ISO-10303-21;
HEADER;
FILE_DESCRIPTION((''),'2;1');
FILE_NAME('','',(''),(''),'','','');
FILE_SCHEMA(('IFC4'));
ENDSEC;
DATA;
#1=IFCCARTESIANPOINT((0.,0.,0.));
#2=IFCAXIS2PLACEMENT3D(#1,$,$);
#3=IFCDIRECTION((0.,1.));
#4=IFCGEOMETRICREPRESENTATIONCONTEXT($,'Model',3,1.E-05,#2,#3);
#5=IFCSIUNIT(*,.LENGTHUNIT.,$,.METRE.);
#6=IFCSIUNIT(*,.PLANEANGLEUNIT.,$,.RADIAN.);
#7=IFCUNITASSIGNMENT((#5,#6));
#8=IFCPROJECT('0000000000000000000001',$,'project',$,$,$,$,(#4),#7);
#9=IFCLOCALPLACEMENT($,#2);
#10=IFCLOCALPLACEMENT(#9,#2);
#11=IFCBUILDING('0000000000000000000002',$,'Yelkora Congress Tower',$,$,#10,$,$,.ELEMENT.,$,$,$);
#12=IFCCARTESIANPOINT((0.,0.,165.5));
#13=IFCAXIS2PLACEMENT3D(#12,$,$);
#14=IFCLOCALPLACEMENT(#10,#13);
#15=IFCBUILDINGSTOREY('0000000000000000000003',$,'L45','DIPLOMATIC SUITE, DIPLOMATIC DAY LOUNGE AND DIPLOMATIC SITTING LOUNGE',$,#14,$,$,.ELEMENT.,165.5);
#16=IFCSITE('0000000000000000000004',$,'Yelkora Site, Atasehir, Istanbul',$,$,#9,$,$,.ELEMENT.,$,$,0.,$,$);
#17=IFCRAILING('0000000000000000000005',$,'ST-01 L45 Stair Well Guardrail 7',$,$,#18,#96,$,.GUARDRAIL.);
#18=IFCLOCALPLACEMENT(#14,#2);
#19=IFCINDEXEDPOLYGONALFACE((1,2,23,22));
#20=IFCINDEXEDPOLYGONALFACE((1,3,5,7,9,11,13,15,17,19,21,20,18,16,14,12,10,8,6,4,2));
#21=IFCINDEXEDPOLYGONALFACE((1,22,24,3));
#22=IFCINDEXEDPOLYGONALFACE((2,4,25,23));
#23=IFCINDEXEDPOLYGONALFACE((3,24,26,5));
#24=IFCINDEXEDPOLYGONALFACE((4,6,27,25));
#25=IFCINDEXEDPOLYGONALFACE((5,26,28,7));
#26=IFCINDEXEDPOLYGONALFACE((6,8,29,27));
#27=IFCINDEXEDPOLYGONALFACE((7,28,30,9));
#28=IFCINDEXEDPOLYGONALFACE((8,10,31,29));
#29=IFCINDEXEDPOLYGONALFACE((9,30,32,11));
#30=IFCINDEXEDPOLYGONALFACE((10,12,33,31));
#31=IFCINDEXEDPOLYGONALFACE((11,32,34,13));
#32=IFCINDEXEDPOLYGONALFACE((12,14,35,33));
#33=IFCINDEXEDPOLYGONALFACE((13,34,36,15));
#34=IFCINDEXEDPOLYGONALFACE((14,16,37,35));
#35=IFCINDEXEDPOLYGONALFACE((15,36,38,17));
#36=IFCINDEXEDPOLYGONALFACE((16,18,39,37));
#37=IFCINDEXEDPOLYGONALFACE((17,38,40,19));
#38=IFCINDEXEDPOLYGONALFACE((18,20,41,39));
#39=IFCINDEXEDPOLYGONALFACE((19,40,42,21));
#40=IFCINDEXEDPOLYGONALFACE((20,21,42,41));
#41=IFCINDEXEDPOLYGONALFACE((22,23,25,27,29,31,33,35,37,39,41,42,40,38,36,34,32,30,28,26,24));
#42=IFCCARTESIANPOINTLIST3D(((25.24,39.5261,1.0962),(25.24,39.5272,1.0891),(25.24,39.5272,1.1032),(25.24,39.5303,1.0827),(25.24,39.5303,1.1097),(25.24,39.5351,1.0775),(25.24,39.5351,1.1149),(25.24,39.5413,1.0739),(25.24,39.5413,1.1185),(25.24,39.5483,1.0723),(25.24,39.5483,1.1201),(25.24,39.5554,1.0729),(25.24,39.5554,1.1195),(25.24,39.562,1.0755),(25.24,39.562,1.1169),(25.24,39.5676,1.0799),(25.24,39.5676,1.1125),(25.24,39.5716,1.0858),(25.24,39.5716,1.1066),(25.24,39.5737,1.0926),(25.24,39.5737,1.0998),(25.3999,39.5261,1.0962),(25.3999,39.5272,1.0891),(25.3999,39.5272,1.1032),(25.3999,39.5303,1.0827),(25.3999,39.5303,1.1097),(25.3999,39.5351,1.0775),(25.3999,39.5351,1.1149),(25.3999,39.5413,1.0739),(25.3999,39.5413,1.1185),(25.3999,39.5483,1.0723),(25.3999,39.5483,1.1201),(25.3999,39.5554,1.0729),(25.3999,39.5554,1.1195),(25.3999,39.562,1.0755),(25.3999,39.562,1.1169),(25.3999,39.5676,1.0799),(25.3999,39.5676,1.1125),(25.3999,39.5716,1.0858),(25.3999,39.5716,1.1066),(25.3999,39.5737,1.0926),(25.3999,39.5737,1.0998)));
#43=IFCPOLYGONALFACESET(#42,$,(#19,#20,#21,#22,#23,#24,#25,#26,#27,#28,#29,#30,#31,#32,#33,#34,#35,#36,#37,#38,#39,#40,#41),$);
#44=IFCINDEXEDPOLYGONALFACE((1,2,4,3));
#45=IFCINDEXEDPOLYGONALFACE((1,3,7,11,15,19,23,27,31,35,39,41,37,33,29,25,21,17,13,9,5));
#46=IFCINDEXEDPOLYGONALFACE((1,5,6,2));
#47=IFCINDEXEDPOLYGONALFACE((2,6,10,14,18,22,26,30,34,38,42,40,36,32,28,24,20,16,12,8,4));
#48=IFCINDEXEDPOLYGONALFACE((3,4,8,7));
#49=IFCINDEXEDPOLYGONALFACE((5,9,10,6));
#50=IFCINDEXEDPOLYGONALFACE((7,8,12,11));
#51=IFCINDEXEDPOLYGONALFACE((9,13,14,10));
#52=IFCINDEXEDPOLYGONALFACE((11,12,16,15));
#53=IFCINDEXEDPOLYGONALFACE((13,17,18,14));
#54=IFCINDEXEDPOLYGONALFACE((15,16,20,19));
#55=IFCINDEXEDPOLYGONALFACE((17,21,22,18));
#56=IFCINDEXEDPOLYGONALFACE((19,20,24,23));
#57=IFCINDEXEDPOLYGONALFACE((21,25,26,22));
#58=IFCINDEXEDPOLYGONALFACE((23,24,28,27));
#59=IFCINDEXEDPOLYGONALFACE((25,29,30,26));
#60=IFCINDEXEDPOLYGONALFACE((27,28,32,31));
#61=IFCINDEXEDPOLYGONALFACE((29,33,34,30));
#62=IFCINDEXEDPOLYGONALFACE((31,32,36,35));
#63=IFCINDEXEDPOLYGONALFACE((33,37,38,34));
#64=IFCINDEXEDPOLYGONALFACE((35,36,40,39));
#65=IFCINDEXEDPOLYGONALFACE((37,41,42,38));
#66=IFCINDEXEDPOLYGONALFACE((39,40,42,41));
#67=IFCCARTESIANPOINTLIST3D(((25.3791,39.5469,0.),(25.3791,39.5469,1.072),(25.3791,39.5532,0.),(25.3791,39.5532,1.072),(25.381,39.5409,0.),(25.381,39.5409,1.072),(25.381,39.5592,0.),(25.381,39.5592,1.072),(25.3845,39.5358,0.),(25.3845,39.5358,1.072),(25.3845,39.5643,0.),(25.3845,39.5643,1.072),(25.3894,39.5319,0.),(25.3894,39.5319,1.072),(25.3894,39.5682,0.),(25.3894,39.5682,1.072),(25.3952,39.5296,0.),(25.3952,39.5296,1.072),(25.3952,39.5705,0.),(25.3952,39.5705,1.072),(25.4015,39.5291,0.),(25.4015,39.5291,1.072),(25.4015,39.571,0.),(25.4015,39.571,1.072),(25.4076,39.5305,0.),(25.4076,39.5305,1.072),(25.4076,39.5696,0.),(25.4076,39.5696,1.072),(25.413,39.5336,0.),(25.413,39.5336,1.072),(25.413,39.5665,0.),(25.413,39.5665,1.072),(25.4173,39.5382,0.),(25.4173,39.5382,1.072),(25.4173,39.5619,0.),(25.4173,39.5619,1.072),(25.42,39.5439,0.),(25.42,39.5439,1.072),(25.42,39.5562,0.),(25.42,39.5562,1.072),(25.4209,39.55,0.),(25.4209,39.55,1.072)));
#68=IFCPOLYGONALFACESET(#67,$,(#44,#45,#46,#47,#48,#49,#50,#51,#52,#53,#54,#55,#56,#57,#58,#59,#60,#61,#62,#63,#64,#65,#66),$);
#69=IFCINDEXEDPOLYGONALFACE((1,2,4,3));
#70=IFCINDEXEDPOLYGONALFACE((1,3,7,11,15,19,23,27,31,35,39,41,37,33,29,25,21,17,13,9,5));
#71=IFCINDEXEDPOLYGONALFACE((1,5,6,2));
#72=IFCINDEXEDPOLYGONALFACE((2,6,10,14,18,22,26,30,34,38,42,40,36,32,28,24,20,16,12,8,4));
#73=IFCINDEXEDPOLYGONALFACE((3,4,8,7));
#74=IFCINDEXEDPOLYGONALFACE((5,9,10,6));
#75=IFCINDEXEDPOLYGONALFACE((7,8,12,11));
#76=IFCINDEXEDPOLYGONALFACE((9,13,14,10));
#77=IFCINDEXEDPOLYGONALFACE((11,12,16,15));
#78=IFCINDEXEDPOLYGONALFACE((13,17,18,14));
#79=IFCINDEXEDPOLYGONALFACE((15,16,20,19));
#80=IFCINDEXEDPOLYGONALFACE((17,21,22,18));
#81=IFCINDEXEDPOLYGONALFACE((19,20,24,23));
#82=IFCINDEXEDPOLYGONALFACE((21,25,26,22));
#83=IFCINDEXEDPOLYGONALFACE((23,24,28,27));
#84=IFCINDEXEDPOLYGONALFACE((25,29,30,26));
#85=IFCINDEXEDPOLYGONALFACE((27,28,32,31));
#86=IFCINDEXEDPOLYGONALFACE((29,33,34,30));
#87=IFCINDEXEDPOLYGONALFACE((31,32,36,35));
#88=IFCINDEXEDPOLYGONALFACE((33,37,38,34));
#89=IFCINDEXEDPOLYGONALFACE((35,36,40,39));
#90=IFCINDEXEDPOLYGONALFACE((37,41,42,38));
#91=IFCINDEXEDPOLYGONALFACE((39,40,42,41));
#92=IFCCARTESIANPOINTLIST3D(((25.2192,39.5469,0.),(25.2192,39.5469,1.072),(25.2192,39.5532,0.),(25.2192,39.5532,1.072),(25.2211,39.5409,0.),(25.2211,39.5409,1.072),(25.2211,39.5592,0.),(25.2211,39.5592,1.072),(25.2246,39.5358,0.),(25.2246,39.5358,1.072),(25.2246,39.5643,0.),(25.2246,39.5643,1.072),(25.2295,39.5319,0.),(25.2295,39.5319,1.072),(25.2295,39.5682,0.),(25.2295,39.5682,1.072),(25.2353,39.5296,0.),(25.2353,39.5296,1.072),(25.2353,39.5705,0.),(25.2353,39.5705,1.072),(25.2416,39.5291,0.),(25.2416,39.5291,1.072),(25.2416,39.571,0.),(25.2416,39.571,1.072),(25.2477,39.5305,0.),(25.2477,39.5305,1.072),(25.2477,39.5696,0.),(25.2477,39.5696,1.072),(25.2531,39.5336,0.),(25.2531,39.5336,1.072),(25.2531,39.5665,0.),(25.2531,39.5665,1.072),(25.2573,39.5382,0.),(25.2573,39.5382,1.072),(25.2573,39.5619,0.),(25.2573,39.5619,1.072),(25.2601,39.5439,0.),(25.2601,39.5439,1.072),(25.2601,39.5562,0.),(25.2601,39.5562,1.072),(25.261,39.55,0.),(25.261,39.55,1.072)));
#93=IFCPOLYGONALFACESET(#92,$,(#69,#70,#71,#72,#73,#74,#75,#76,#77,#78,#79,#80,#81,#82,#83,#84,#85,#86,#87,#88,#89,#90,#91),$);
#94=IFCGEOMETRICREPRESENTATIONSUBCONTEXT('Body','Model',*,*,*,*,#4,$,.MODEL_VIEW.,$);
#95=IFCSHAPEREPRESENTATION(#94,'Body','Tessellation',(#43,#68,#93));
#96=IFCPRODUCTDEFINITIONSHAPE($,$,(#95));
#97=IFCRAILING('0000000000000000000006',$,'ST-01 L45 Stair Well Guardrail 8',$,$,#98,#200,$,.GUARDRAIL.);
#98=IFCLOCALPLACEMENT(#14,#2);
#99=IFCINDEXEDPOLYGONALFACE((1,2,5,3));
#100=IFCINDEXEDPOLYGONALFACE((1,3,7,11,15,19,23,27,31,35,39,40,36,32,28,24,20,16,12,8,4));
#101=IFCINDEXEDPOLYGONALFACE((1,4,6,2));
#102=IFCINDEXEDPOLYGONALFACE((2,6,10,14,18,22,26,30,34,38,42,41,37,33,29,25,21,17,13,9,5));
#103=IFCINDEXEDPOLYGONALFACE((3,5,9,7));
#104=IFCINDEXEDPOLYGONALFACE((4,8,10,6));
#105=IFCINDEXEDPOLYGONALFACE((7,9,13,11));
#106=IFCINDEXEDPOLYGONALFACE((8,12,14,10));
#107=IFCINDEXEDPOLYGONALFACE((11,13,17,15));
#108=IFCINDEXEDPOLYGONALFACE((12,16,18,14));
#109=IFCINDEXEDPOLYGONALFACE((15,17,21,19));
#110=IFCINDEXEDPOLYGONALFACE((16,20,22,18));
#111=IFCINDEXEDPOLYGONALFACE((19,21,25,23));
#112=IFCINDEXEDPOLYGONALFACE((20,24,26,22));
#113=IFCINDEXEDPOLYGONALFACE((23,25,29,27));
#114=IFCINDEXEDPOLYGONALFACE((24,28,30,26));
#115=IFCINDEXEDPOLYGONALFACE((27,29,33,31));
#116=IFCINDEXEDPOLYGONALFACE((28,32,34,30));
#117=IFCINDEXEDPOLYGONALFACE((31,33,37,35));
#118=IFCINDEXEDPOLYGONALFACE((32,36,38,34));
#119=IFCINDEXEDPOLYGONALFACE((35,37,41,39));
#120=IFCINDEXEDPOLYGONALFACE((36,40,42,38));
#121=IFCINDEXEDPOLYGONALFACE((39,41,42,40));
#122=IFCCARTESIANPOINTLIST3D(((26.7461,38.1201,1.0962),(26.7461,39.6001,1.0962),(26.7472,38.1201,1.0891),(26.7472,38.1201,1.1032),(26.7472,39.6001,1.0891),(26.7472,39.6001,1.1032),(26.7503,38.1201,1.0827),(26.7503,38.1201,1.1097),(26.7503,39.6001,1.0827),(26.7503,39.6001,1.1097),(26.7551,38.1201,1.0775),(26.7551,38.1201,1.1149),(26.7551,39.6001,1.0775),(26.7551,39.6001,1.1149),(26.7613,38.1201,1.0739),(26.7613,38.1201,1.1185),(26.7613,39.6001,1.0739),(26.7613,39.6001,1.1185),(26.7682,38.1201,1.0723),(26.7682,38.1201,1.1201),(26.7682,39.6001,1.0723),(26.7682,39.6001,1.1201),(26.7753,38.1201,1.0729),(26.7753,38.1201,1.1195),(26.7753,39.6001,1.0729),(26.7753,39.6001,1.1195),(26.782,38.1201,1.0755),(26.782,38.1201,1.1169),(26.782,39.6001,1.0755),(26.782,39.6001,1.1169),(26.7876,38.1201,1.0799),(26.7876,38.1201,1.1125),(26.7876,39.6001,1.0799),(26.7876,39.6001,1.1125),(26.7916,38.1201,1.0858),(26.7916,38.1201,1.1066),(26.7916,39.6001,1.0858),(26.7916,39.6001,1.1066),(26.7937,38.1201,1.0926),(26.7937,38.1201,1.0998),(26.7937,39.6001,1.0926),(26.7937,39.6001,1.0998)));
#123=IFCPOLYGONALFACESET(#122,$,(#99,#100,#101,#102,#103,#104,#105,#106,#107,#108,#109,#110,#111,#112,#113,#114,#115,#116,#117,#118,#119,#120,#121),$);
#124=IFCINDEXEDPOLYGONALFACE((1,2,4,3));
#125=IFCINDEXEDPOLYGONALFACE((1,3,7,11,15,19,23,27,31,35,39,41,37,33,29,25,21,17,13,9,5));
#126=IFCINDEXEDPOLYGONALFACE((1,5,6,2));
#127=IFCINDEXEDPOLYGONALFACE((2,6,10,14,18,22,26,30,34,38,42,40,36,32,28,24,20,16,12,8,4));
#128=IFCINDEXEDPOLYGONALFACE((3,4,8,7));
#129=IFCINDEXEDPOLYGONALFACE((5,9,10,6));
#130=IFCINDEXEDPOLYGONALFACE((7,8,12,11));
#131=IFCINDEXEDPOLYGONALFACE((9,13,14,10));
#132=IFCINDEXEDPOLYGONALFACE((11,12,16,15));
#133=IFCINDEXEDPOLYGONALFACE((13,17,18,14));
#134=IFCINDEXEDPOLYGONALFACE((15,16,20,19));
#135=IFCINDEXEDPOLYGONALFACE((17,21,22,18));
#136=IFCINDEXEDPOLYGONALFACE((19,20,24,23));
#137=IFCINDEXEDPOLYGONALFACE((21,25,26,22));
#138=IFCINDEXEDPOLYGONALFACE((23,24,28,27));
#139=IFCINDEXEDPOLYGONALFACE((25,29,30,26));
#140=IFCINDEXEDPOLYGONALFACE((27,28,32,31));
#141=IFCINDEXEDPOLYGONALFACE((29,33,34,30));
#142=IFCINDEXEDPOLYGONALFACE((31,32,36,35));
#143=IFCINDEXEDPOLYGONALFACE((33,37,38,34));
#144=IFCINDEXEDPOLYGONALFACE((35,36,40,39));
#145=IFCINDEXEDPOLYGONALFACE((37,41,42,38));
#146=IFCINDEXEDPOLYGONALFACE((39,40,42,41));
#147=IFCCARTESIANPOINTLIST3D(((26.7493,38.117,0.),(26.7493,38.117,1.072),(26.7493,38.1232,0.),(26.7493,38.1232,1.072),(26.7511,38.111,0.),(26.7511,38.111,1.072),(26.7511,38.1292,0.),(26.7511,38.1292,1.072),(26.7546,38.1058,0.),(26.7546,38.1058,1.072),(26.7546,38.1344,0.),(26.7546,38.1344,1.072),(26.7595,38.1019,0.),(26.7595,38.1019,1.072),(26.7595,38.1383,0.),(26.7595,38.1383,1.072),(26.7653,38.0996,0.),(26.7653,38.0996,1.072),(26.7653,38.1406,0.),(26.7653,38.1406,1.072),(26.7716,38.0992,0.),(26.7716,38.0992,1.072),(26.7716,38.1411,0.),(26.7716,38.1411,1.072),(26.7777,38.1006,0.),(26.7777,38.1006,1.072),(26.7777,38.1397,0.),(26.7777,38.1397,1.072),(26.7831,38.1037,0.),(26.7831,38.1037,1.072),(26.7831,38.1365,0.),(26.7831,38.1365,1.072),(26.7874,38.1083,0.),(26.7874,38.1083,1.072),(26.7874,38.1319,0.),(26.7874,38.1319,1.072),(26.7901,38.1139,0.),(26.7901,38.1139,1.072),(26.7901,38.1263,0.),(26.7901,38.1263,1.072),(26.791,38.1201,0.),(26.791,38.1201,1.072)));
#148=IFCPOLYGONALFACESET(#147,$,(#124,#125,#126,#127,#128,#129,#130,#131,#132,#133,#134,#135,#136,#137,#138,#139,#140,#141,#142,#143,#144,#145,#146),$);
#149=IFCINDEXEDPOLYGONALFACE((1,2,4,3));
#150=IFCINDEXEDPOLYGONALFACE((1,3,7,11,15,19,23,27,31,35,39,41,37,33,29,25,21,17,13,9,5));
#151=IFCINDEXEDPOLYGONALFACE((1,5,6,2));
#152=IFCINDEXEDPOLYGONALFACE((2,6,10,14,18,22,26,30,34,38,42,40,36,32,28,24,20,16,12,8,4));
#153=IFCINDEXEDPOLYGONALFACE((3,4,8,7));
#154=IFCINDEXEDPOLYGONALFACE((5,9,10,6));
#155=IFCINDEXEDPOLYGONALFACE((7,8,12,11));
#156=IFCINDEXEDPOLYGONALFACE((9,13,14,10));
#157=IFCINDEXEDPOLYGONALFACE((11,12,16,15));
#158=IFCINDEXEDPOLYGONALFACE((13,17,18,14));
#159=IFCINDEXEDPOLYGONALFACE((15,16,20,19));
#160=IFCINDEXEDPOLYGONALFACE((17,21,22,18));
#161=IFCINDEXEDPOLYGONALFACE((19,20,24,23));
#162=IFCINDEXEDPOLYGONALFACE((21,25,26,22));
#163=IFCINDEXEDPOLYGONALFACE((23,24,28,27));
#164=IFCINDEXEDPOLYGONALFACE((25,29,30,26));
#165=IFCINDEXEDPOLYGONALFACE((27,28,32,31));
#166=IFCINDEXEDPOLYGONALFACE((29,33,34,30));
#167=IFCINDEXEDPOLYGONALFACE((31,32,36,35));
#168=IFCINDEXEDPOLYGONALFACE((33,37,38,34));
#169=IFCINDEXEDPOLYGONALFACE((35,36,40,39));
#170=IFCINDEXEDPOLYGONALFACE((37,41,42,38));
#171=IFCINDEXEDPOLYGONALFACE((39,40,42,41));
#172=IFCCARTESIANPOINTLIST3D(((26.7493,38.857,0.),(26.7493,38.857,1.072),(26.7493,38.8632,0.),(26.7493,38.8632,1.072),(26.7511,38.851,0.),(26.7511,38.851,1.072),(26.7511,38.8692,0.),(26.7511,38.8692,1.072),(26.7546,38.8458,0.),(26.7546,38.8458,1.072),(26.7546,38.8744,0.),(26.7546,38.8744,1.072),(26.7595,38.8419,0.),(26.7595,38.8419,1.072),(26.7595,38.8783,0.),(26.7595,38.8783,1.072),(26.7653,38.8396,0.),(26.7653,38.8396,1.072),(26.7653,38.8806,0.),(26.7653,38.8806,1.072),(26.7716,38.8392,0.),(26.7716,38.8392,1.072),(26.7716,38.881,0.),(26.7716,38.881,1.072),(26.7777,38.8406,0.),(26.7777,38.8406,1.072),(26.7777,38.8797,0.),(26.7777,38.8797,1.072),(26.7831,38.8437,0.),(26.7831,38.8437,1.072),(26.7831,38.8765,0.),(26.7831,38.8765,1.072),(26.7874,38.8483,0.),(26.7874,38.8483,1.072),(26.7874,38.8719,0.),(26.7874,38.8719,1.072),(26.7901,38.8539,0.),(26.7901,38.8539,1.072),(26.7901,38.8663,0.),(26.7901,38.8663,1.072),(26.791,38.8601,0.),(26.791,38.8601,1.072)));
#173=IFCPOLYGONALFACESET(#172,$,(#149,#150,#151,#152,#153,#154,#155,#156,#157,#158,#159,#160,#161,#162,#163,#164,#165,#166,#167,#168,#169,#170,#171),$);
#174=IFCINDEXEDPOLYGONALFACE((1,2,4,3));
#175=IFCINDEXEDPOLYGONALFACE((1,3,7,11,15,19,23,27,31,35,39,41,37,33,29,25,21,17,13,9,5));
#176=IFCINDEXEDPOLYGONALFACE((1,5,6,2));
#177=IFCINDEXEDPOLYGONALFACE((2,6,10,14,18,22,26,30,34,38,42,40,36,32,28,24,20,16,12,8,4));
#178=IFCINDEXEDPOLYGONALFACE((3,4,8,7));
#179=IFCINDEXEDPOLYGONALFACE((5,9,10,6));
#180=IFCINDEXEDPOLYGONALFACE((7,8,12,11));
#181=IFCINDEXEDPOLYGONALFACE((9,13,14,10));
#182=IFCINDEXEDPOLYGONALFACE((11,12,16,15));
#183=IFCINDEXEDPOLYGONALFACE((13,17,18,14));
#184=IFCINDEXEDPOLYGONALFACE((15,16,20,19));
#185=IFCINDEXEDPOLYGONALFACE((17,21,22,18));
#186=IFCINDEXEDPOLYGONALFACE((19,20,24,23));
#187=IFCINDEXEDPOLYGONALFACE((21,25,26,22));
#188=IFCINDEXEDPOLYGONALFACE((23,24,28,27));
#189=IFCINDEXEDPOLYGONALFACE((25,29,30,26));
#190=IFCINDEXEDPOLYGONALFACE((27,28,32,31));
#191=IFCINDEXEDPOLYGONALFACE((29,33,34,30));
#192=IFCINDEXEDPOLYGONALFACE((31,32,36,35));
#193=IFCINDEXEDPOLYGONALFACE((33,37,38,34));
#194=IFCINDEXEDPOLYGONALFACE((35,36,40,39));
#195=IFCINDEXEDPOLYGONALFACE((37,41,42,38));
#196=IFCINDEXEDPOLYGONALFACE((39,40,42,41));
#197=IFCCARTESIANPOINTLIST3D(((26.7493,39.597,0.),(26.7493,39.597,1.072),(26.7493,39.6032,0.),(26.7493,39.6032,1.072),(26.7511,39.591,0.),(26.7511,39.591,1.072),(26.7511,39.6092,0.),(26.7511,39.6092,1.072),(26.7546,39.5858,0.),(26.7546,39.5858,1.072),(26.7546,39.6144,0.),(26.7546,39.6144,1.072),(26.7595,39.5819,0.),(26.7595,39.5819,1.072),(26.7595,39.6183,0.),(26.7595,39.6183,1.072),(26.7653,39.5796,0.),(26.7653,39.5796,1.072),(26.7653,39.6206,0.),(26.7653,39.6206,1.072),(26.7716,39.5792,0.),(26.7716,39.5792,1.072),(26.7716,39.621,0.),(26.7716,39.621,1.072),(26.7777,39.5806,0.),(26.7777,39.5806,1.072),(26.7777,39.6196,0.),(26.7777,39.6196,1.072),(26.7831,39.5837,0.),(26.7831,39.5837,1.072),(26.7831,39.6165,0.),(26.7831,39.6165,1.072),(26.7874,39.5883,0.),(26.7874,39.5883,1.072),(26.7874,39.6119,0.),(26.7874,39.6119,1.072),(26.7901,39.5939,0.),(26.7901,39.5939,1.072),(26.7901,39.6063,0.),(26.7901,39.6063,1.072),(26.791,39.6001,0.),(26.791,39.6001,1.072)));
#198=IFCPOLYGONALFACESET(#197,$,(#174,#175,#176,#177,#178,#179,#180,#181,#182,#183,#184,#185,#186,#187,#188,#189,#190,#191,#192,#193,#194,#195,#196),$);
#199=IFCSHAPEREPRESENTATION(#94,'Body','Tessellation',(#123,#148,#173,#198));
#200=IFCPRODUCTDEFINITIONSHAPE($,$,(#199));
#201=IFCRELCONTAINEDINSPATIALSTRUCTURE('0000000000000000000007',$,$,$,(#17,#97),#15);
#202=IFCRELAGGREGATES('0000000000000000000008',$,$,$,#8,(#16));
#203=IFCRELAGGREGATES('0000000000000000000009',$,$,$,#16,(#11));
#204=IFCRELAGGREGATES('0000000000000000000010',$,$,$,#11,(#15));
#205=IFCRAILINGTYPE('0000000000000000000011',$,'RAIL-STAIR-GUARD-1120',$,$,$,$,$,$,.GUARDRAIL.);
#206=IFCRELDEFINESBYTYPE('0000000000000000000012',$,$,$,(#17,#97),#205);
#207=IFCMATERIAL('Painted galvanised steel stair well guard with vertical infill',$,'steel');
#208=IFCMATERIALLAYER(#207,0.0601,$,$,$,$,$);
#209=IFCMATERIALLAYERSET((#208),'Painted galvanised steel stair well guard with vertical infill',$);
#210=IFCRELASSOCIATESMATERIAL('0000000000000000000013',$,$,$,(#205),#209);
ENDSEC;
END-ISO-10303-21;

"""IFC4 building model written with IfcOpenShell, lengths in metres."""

from ifc_helpers import new_model, si_unit, direction, frame, origin, origin_2d, place, context, subcontext, project, spatial, circle, extrude, material, layer, layer_set, type_object, element, save


model = new_model("IFC4")

# Units and contexts
model_context = context("Model", 3, precision=1e-05, world=origin(), true_north=direction((0.0, 1.0)))
body_context = subcontext(model_context, "Body", "Model", "MODEL_VIEW")
ifc_project = project(units=[si_unit("LENGTHUNIT", "METRE"), si_unit("PLANEANGLEUNIT", "RADIAN")], contexts=[model_context])

# Site, building, storey
site_placement = place(None, origin())
site = spatial("IfcSite", under=ifc_project, at=site_placement, Name="Yelkora Site, Atasehir, Istanbul", CompositionType="ELEMENT", RefElevation=0.0)
building_placement = place(site_placement, origin())
building = spatial("IfcBuilding", under=site, at=building_placement, Name="Yelkora Congress Tower", CompositionType="ELEMENT")
storey_placement = place(building_placement, frame((0.0, 0.0, 165.5)))
storey = spatial("IfcBuildingStorey", under=building, at=storey_placement, Name="L45", Description="DIPLOMATIC SUITE, DIPLOMATIC DAY LOUNGE AND DIPLOMATIC SITTING LOUNGE", CompositionType="ELEMENT", Elevation=165.5)

# Railings
ifc_material_1 = material(Name="Painted galvanised steel stair well guard with vertical infill", Category="steel")
ifc_layer_1 = layer(ifc_material_1, 0.0601)
ifc_layer_set_1 = layer_set([ifc_layer_1], Name="Painted galvanised steel stair well guard with vertical infill")
railing_type_1 = type_object("IfcRailingType", Name="RAIL-STAIR-GUARD-1120", PredefinedType="GUARDRAIL", material=ifc_layer_set_1)
railing_1_placement = place(storey_placement, frame((25.3999, 39.55, 0.0)))
element("IfcRailing", 1, at=railing_1_placement, inside=storey, type_object=railing_type_1, Name="ST-01 L45 Stair Well Guardrail 7", PredefinedType="GUARDRAIL", context=body_context, shape_type="SweptSolid", body=[
    extrude(circle(Radius=0.0239, at=origin_2d()), frame((0.0, 0.0, 1.0962), z_axis=(-1.0, 0.0, 0.0), x_axis=(0.0, -1.0, 0.0)), (0.0, 0.0, 1.0), 0.1599),
    extrude(circle(Radius=0.021, at=origin_2d()), origin(), (0.0, 0.0, 1.0), 1.072),
    extrude(circle(Radius=0.021, at=origin_2d()), frame((-0.1599, 0.0, 0.0)), (0.0, 0.0, 1.0), 1.072),
])
for number, where, name in (
    (2, (26.77, 38.1201, 0.0), "ST-01 L45 Stair Well Guardrail 8"),
):
    element("IfcRailing", number, at=place(storey_placement, frame(where)), inside=storey, type_object=railing_type_1, Name=name, PredefinedType="GUARDRAIL", context=body_context, shape_type="SweptSolid", body=[
        extrude(circle(Radius=0.0239, at=origin_2d()), frame((0.0, 0.0, 1.0962), z_axis=(0.0, 1.0, 0.0), x_axis=(-1.0, 0.0, 0.0)), (0.0, 0.0, 1.0), 1.48),
        extrude(circle(Radius=0.021, at=origin_2d()), origin(), (0.0, 0.0, 1.0), 1.072),
        extrude(circle(Radius=0.021, at=origin_2d()), frame((0.0, 0.74, 0.0)), (0.0, 0.0, 1.0), 1.072),
        extrude(circle(Radius=0.021, at=origin_2d()), frame((0.0, 1.48, 0.0)), (0.0, 0.0, 1.0), 1.072),
    ])

save(model, "model.ifc")
